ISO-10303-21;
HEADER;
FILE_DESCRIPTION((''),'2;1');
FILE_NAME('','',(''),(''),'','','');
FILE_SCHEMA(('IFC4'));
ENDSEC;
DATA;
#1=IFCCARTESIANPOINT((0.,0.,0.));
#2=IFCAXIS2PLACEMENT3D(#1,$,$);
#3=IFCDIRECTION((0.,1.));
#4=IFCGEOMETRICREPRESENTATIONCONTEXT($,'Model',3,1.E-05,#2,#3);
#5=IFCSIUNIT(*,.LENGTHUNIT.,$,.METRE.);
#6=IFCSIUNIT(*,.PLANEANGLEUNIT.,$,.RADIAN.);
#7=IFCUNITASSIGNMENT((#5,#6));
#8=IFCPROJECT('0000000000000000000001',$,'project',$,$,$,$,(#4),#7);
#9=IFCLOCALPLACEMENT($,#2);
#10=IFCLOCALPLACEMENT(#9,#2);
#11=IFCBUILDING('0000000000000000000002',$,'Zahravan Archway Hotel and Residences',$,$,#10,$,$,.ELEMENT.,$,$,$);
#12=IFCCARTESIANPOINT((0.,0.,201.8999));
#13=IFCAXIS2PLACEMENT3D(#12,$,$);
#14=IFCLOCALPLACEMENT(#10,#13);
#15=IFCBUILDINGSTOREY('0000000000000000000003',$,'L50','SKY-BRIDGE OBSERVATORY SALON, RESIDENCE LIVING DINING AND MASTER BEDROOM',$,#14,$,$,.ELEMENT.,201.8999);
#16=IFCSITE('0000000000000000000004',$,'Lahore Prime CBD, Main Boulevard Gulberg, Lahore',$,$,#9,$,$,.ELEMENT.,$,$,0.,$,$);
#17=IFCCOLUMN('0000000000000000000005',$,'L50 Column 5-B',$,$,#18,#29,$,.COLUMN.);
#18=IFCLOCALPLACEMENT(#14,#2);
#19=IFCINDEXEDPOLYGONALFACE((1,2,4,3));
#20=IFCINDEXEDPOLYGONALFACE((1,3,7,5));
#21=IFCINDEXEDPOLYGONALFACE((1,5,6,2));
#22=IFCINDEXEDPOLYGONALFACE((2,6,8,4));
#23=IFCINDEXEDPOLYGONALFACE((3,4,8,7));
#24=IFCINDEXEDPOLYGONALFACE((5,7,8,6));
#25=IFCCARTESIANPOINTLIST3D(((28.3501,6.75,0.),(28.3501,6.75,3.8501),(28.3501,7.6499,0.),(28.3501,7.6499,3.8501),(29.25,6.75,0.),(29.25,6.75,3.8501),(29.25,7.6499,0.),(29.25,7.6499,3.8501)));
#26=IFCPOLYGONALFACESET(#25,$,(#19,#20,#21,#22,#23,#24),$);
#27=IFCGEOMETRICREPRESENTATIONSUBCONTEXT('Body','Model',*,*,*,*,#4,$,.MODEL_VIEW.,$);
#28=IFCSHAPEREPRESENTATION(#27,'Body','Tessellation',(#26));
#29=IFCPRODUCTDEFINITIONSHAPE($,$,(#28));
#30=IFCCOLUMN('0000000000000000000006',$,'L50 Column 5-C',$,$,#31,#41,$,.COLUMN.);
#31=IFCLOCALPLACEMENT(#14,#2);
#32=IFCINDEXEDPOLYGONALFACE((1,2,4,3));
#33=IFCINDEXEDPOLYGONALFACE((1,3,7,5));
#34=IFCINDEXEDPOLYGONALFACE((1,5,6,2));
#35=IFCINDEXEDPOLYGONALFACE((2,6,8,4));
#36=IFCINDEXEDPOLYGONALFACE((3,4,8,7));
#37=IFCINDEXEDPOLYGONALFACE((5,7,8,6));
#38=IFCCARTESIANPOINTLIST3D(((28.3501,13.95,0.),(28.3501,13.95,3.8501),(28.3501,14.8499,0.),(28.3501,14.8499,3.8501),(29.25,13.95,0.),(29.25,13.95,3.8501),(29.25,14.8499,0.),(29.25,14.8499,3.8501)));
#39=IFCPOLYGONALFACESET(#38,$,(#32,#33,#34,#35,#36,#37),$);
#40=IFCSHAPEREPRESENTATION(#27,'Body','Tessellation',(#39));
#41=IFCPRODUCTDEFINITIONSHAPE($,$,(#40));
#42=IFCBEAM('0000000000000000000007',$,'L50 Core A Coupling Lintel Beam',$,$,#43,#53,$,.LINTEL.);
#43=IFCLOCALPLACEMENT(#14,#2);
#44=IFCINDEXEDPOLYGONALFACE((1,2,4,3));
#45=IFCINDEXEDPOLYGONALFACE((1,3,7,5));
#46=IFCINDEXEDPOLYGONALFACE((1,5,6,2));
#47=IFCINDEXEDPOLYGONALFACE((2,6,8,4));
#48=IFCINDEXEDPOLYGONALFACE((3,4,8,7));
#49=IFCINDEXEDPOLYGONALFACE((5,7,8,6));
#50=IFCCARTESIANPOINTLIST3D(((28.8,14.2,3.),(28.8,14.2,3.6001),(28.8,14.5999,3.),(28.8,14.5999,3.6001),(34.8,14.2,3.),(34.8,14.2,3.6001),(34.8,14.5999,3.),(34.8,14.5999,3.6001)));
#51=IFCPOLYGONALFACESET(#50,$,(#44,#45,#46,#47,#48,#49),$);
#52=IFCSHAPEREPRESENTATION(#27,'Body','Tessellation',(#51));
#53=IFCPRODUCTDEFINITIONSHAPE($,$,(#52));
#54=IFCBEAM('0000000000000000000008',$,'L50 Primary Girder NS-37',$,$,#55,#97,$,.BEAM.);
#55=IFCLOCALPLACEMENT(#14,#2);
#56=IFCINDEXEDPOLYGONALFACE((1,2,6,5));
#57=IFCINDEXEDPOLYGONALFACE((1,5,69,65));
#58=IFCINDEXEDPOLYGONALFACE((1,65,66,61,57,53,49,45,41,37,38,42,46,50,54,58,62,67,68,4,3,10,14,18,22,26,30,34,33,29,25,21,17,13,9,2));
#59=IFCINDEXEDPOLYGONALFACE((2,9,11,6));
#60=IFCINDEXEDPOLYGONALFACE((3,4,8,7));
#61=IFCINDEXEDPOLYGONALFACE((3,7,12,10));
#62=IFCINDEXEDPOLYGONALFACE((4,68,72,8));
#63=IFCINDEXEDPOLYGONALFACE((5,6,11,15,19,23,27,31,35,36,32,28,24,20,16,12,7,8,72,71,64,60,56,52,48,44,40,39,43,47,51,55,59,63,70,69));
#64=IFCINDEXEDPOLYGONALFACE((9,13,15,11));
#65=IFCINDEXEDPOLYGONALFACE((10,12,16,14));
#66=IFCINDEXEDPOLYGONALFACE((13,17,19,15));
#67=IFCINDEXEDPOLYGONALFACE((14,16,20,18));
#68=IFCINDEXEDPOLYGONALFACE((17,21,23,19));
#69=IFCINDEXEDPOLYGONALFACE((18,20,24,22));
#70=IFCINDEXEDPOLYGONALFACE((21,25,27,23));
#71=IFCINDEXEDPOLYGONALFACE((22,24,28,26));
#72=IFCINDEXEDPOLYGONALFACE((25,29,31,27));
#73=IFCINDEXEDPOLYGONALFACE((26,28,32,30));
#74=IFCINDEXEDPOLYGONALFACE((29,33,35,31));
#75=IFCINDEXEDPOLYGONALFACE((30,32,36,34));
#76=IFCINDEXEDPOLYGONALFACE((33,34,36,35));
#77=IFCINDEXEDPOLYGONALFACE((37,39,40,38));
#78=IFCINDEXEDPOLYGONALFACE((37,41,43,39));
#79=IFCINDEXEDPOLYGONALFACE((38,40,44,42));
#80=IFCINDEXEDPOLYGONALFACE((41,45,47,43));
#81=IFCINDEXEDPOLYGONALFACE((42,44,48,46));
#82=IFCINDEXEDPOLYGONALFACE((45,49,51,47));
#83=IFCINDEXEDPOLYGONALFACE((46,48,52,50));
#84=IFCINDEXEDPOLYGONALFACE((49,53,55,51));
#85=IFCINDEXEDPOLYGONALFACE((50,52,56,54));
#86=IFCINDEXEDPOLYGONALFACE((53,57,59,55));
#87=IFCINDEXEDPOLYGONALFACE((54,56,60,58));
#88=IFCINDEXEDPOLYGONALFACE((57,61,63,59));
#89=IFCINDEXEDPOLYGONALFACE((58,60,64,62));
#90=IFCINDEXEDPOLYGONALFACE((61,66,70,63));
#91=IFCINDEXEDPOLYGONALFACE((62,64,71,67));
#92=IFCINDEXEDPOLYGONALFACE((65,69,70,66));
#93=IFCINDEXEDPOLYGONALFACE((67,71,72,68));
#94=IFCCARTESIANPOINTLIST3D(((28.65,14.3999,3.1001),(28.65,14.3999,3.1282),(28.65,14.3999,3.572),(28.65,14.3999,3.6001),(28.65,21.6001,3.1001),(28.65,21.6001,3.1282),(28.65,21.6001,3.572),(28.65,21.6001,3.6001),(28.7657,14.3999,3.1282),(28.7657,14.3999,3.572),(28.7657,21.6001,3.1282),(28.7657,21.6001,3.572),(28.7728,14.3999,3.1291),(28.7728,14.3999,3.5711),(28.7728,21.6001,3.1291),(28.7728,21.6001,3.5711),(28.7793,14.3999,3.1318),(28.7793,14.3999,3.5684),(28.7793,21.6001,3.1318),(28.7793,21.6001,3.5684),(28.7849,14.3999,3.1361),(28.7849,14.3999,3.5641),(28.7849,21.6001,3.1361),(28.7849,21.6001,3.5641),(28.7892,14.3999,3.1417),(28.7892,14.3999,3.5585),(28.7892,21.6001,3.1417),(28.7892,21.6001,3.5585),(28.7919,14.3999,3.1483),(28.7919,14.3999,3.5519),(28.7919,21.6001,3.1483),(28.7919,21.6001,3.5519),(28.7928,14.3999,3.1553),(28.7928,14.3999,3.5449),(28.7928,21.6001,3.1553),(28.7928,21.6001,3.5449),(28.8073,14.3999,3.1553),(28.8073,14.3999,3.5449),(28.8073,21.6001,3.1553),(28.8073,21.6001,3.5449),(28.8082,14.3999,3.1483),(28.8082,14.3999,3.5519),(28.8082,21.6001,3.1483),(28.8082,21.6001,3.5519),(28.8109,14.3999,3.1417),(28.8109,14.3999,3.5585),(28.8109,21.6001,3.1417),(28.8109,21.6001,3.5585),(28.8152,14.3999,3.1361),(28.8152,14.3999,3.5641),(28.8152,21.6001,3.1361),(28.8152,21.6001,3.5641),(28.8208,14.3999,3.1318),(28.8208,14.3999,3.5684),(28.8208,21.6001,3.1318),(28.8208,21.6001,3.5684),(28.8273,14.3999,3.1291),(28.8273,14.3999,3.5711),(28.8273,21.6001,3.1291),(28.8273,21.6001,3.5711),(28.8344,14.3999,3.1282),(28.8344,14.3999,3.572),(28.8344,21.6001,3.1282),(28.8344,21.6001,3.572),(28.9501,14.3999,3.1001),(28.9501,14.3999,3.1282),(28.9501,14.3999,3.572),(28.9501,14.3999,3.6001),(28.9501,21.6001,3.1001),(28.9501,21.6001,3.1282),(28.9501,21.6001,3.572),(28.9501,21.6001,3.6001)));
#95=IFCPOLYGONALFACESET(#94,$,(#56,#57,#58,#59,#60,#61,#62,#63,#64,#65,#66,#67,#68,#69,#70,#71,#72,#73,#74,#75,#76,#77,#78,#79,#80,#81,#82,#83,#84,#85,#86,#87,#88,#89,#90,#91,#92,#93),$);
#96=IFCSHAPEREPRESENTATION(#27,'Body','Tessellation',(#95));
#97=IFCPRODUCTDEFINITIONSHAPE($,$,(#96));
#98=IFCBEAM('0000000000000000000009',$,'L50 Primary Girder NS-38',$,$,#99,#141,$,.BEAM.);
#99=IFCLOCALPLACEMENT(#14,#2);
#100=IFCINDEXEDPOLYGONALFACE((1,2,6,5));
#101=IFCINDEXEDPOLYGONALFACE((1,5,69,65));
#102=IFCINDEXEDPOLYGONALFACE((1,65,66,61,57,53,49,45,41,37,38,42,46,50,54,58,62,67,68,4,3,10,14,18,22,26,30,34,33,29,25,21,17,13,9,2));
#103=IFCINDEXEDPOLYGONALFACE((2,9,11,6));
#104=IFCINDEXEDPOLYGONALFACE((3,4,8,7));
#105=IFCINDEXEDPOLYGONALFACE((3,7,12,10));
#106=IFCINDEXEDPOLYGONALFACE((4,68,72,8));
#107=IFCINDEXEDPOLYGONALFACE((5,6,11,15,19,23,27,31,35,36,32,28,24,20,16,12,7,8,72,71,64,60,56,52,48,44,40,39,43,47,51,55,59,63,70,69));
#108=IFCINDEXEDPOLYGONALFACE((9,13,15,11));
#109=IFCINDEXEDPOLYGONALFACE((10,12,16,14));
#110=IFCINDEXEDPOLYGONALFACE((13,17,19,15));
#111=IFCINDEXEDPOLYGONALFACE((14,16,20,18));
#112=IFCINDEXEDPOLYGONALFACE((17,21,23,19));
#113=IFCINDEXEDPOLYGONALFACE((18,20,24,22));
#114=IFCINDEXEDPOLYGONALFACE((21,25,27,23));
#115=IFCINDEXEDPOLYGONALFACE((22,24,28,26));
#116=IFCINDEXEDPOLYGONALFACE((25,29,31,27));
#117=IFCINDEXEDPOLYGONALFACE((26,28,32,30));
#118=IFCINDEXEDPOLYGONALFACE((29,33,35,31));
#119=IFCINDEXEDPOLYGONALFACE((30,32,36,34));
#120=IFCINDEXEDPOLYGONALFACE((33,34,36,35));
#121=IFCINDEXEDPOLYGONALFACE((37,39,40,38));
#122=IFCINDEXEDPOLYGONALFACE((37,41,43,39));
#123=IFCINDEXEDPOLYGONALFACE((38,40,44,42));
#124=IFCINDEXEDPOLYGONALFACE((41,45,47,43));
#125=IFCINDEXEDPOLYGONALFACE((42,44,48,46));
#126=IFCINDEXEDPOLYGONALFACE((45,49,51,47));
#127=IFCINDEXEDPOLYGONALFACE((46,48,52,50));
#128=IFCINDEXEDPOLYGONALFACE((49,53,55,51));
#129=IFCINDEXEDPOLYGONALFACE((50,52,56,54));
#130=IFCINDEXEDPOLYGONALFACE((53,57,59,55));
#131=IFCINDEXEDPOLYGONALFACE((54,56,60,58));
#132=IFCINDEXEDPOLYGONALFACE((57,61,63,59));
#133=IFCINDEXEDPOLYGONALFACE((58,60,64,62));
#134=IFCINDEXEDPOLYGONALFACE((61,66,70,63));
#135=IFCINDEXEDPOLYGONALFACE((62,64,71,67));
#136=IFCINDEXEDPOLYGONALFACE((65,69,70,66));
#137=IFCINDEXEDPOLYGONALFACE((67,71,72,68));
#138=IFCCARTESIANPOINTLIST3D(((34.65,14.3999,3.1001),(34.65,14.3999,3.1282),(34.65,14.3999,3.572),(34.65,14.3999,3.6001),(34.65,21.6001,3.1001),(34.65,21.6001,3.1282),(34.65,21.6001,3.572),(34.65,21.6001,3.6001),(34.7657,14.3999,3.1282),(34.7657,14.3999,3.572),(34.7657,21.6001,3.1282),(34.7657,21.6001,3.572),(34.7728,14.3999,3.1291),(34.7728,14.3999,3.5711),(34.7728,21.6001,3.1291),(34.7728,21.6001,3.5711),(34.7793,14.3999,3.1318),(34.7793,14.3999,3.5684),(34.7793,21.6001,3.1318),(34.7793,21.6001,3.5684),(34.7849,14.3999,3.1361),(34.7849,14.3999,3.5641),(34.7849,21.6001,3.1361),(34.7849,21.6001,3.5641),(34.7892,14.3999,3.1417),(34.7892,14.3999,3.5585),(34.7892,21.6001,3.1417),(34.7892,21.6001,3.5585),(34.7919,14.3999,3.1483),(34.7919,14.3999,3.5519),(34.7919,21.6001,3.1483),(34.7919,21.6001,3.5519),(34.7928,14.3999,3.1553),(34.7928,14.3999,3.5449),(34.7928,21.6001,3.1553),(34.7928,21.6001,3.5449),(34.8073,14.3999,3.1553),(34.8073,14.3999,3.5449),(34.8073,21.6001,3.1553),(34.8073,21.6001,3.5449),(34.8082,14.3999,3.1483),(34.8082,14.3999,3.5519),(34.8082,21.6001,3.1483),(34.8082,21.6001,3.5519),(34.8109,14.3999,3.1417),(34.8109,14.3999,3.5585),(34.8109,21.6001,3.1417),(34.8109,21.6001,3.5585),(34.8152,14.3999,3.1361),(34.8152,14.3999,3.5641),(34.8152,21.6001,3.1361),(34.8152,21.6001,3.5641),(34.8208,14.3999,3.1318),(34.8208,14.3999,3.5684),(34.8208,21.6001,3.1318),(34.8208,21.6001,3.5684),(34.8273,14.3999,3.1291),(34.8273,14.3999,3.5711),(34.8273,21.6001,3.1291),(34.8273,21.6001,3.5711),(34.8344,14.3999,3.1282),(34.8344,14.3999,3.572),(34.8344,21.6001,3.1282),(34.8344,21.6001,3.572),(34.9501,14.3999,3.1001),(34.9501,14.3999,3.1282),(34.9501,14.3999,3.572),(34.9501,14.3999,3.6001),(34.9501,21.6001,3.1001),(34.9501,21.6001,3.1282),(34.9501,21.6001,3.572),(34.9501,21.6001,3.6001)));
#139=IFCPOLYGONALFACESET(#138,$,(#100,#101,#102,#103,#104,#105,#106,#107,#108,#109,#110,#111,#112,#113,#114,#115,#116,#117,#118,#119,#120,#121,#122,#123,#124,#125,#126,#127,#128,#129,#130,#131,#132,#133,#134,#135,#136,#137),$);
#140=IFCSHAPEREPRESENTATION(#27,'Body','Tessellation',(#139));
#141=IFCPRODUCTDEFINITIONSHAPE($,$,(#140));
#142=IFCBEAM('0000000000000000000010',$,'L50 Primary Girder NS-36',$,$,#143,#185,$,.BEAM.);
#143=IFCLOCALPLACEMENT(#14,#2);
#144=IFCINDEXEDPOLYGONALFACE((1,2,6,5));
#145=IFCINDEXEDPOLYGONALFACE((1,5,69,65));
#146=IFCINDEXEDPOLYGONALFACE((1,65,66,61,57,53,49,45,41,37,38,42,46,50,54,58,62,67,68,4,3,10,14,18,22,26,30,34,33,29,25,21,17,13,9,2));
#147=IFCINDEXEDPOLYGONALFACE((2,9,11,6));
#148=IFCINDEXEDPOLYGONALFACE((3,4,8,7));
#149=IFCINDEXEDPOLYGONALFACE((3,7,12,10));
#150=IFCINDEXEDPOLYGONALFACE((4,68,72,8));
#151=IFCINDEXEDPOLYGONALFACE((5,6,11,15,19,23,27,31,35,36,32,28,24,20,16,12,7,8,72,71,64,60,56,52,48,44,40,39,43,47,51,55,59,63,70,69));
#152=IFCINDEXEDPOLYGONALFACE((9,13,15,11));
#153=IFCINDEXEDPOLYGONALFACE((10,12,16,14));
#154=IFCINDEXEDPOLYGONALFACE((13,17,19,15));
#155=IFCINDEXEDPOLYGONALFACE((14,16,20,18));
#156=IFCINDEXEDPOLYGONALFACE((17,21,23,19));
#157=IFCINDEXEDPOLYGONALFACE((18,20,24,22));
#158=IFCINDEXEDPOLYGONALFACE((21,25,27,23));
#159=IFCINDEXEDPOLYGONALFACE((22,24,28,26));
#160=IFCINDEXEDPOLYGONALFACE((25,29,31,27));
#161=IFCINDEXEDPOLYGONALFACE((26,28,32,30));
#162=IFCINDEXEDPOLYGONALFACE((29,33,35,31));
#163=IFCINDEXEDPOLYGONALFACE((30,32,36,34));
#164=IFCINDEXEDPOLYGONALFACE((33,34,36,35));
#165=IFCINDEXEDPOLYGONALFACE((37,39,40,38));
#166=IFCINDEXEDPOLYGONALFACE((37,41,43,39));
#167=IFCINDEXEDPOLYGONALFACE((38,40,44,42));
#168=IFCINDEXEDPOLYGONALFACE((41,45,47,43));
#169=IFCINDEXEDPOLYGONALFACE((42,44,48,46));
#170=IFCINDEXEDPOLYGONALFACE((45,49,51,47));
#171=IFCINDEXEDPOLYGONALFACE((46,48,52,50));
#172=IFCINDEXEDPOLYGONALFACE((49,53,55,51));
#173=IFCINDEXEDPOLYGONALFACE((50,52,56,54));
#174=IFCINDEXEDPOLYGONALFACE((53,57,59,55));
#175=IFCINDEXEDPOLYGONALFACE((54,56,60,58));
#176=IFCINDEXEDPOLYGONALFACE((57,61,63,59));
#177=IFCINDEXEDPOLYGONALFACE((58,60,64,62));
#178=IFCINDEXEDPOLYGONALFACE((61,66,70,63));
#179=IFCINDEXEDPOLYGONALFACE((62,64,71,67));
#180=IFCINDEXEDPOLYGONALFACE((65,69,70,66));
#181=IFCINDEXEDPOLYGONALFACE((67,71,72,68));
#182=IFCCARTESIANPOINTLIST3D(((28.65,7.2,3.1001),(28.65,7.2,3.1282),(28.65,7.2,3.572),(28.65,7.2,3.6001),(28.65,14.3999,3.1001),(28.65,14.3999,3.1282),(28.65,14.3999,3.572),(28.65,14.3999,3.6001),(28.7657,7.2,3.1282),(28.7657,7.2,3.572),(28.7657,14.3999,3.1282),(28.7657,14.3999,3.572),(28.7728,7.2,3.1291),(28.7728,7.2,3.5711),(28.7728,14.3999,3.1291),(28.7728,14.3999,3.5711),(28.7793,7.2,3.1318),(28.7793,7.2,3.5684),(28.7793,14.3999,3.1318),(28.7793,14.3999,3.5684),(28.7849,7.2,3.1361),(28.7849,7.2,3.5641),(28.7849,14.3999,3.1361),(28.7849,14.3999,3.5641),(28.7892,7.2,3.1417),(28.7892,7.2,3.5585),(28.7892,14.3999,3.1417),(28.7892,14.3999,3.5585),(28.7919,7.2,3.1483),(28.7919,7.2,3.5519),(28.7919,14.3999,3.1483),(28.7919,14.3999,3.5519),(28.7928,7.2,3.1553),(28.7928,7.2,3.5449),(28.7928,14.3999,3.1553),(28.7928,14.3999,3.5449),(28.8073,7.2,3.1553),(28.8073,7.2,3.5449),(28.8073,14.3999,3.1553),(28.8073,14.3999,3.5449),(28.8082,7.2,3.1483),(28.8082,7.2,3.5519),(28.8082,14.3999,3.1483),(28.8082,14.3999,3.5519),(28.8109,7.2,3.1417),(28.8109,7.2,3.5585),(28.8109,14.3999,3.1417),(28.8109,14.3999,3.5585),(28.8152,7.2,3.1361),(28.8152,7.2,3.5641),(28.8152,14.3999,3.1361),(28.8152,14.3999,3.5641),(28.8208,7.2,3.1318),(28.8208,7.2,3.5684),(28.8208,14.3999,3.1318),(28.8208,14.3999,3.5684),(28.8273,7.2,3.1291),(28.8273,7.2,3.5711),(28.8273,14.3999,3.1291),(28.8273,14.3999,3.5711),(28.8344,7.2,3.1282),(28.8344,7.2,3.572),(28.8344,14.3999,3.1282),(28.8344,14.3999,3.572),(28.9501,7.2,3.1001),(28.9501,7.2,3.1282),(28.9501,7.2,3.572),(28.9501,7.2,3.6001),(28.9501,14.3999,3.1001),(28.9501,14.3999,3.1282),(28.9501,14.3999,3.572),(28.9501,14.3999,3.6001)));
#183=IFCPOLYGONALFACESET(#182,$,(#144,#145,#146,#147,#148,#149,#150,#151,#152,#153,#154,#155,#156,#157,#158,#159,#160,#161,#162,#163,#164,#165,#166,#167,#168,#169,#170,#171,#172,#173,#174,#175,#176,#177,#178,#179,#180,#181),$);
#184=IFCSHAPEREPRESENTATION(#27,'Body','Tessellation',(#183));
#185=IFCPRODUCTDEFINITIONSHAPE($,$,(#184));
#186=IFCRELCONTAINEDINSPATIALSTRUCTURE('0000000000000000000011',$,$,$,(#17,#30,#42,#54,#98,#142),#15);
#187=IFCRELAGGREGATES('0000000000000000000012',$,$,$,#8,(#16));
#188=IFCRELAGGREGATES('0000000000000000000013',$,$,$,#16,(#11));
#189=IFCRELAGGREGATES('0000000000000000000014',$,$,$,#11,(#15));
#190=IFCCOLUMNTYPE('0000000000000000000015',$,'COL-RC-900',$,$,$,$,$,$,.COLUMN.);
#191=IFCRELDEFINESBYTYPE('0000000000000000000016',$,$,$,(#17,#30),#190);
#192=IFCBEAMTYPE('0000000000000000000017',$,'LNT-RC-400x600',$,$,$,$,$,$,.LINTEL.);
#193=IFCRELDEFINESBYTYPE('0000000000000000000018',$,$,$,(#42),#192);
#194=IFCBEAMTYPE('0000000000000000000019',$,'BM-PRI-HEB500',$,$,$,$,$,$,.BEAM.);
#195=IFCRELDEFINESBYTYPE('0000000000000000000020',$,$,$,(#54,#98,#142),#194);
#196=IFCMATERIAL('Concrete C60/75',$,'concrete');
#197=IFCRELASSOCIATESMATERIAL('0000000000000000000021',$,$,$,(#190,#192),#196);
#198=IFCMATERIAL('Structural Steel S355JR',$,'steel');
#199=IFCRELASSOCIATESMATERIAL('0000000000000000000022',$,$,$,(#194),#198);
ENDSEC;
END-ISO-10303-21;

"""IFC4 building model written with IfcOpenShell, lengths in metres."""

from ifc_helpers import new_model, si_unit, direction, frame, origin, origin_2d, place, context, subcontext, project, spatial, rectangle, i_section, extrude, source, transform, mapped, material, material_profile, profile_set, type_object, type_shapes, element, save


model = new_model("IFC4")

# Units and contexts
model_context = context("Model", 3, precision=1e-05, world=origin(), true_north=direction((0.0, 1.0)))
body_context = subcontext(model_context, "Body", "Model", "MODEL_VIEW")
ifc_project = project(units=[si_unit("LENGTHUNIT", "METRE"), si_unit("PLANEANGLEUNIT", "RADIAN")], contexts=[model_context])

# Site, building, storey
site_placement = place(None, origin())
site = spatial("IfcSite", under=ifc_project, at=site_placement, Name="Lahore Prime CBD, Main Boulevard Gulberg, Lahore", CompositionType="ELEMENT", RefElevation=0.0)
building_placement = place(site_placement, origin())
building = spatial("IfcBuilding", under=site, at=building_placement, Name="Zahravan Archway Hotel and Residences", CompositionType="ELEMENT")
storey_placement = place(building_placement, frame((0.0, 0.0, 201.8999)))
storey = spatial("IfcBuildingStorey", under=building, at=storey_placement, Name="L50", Description="SKY-BRIDGE OBSERVATORY SALON, RESIDENCE LIVING DINING AND MASTER BEDROOM", CompositionType="ELEMENT", Elevation=201.8999)

# Columns
ifc_material_1 = material(Name="Concrete C60/75", Category="concrete")
ifc_material_profile_1 = material_profile(ifc_material_1, rectangle(XDim=0.8999, YDim=0.8999, at=origin_2d()), Name="RC-COL-900x900", Category="concrete")
ifc_profile_set_1 = profile_set([ifc_material_profile_1], Name="Concrete C60/75")
column_type = type_object("IfcColumnType", Name="COL-RC-900", PredefinedType="COLUMN", material=ifc_profile_set_1)
shared_shape_1 = source(origin(), body_context, "Body", "SweptSolid", [
    extrude(rectangle(XDim=0.8999, YDim=0.8999, at=origin_2d()), origin(), (0.0, 0.0, 1.0), 3.8501),
])
type_shapes(column_type, [shared_shape_1])
for number, where, z_axis, x_axis, name in (
    (1, (28.8, 7.2, 0.0), (0.0, 0.0, 1.0), (1.0, 0.0, 0.0), "L50 Column 5-B"),
    (2, (28.8, 14.3999, 0.0), (0.0, 0.0, 1.0), (1.0, 0.0, 0.0), "L50 Column 5-C"),
):
    element("IfcColumn", number, at=place(storey_placement, frame(where, z_axis=z_axis, x_axis=x_axis)), inside=storey, type_object=column_type, Name=name, PredefinedType="COLUMN", context=body_context, shape_type="MappedRepresentation", body=[
        mapped(shared_shape_1, transform((0.0, 0.0, 0.0), scale=1.0)),
    ])

# Beams
ifc_material_profile_2 = material_profile(ifc_material_1, rectangle(XDim=0.3999, YDim=0.6001, at=origin_2d()), Name="RC-LNT-400x600", Category="concrete")
ifc_profile_set_2 = profile_set([ifc_material_profile_2], Name="Concrete C60/75")
beam_type_1 = type_object("IfcBeamType", Name="LNT-RC-400x600", PredefinedType="LINTEL", material=ifc_profile_set_2)
shared_shape_2 = source(origin(), body_context, "Body", "SweptSolid", [
    extrude(rectangle(XDim=0.3999, YDim=0.6001, at=origin_2d()), origin(), (0.0, 0.0, 1.0), 6.0),
])
type_shapes(beam_type_1, [shared_shape_2])
beam_1_placement = place(storey_placement, frame((28.8, 14.3999, 3.3), z_axis=(1.0, 0.0, 0.0), x_axis=(0.0, 1.0, 0.0)))
element("IfcBeam", 3, at=beam_1_placement, inside=storey, type_object=beam_type_1, Name="L50 Core A Coupling Lintel Beam", PredefinedType="LINTEL", context=body_context, shape_type="MappedRepresentation", body=[
    mapped(shared_shape_2, transform((0.0, 0.0, 0.0), scale=1.0)),
])
ifc_material_2 = material(Name="Structural Steel S355JR", Category="steel")
ifc_material_profile_3 = material_profile(ifc_material_2, i_section(OverallWidth=0.3, OverallDepth=0.5, WebThickness=0.0144, FlangeThickness=0.0281, FilletRadius=0.0271, at=origin_2d()), Name="HEB 500", Category="steel")
ifc_profile_set_3 = profile_set([ifc_material_profile_3], Name="Structural Steel S355JR")
beam_type_2 = type_object("IfcBeamType", Name="BM-PRI-HEB500", PredefinedType="BEAM", material=ifc_profile_set_3)
shared_shape_3 = source(origin(), body_context, "Body", "SweptSolid", [
    extrude(i_section(OverallWidth=0.3, OverallDepth=0.5, WebThickness=0.0144, FlangeThickness=0.0281, FilletRadius=0.0271, at=origin_2d()), origin(), (0.0, 0.0, 1.0), 7.2002),
])
type_shapes(beam_type_2, [shared_shape_3])
for number, where, z_axis, x_axis, name in (
    (4, (28.8, 14.3999, 3.3501), (0.0, 1.0, 0.0), (-1.0, 0.0, 0.0), "L50 Primary Girder NS-37"),
    (5, (34.8, 14.3999, 3.3501), (0.0, 1.0, 0.0), (-1.0, 0.0, 0.0), "L50 Primary Girder NS-38"),
):
    element("IfcBeam", number, at=place(storey_placement, frame(where, z_axis=z_axis, x_axis=x_axis)), inside=storey, type_object=beam_type_2, Name=name, PredefinedType="BEAM", context=body_context, shape_type="MappedRepresentation", body=[
        mapped(shared_shape_3, transform((0.0, 0.0, 0.0), scale=1.0)),
    ])
shared_shape_4 = source(origin(), body_context, "Body", "SweptSolid", [
    extrude(i_section(OverallWidth=0.3, OverallDepth=0.5, WebThickness=0.0144, FlangeThickness=0.0281, FilletRadius=0.0271, at=origin_2d()), origin(), (0.0, 0.0, 1.0), 7.2),
])
beam_2_placement = place(storey_placement, frame((28.8, 7.2, 3.3501), z_axis=(0.0, 1.0, 0.0), x_axis=(-1.0, 0.0, 0.0)))
element("IfcBeam", 6, at=beam_2_placement, inside=storey, type_object=beam_type_2, Name="L50 Primary Girder NS-36", PredefinedType="BEAM", context=body_context, shape_type="MappedRepresentation", body=[
    mapped(shared_shape_4, transform((0.0, 0.0, 0.0), scale=1.0)),
])

save(model, "model.ifc")
